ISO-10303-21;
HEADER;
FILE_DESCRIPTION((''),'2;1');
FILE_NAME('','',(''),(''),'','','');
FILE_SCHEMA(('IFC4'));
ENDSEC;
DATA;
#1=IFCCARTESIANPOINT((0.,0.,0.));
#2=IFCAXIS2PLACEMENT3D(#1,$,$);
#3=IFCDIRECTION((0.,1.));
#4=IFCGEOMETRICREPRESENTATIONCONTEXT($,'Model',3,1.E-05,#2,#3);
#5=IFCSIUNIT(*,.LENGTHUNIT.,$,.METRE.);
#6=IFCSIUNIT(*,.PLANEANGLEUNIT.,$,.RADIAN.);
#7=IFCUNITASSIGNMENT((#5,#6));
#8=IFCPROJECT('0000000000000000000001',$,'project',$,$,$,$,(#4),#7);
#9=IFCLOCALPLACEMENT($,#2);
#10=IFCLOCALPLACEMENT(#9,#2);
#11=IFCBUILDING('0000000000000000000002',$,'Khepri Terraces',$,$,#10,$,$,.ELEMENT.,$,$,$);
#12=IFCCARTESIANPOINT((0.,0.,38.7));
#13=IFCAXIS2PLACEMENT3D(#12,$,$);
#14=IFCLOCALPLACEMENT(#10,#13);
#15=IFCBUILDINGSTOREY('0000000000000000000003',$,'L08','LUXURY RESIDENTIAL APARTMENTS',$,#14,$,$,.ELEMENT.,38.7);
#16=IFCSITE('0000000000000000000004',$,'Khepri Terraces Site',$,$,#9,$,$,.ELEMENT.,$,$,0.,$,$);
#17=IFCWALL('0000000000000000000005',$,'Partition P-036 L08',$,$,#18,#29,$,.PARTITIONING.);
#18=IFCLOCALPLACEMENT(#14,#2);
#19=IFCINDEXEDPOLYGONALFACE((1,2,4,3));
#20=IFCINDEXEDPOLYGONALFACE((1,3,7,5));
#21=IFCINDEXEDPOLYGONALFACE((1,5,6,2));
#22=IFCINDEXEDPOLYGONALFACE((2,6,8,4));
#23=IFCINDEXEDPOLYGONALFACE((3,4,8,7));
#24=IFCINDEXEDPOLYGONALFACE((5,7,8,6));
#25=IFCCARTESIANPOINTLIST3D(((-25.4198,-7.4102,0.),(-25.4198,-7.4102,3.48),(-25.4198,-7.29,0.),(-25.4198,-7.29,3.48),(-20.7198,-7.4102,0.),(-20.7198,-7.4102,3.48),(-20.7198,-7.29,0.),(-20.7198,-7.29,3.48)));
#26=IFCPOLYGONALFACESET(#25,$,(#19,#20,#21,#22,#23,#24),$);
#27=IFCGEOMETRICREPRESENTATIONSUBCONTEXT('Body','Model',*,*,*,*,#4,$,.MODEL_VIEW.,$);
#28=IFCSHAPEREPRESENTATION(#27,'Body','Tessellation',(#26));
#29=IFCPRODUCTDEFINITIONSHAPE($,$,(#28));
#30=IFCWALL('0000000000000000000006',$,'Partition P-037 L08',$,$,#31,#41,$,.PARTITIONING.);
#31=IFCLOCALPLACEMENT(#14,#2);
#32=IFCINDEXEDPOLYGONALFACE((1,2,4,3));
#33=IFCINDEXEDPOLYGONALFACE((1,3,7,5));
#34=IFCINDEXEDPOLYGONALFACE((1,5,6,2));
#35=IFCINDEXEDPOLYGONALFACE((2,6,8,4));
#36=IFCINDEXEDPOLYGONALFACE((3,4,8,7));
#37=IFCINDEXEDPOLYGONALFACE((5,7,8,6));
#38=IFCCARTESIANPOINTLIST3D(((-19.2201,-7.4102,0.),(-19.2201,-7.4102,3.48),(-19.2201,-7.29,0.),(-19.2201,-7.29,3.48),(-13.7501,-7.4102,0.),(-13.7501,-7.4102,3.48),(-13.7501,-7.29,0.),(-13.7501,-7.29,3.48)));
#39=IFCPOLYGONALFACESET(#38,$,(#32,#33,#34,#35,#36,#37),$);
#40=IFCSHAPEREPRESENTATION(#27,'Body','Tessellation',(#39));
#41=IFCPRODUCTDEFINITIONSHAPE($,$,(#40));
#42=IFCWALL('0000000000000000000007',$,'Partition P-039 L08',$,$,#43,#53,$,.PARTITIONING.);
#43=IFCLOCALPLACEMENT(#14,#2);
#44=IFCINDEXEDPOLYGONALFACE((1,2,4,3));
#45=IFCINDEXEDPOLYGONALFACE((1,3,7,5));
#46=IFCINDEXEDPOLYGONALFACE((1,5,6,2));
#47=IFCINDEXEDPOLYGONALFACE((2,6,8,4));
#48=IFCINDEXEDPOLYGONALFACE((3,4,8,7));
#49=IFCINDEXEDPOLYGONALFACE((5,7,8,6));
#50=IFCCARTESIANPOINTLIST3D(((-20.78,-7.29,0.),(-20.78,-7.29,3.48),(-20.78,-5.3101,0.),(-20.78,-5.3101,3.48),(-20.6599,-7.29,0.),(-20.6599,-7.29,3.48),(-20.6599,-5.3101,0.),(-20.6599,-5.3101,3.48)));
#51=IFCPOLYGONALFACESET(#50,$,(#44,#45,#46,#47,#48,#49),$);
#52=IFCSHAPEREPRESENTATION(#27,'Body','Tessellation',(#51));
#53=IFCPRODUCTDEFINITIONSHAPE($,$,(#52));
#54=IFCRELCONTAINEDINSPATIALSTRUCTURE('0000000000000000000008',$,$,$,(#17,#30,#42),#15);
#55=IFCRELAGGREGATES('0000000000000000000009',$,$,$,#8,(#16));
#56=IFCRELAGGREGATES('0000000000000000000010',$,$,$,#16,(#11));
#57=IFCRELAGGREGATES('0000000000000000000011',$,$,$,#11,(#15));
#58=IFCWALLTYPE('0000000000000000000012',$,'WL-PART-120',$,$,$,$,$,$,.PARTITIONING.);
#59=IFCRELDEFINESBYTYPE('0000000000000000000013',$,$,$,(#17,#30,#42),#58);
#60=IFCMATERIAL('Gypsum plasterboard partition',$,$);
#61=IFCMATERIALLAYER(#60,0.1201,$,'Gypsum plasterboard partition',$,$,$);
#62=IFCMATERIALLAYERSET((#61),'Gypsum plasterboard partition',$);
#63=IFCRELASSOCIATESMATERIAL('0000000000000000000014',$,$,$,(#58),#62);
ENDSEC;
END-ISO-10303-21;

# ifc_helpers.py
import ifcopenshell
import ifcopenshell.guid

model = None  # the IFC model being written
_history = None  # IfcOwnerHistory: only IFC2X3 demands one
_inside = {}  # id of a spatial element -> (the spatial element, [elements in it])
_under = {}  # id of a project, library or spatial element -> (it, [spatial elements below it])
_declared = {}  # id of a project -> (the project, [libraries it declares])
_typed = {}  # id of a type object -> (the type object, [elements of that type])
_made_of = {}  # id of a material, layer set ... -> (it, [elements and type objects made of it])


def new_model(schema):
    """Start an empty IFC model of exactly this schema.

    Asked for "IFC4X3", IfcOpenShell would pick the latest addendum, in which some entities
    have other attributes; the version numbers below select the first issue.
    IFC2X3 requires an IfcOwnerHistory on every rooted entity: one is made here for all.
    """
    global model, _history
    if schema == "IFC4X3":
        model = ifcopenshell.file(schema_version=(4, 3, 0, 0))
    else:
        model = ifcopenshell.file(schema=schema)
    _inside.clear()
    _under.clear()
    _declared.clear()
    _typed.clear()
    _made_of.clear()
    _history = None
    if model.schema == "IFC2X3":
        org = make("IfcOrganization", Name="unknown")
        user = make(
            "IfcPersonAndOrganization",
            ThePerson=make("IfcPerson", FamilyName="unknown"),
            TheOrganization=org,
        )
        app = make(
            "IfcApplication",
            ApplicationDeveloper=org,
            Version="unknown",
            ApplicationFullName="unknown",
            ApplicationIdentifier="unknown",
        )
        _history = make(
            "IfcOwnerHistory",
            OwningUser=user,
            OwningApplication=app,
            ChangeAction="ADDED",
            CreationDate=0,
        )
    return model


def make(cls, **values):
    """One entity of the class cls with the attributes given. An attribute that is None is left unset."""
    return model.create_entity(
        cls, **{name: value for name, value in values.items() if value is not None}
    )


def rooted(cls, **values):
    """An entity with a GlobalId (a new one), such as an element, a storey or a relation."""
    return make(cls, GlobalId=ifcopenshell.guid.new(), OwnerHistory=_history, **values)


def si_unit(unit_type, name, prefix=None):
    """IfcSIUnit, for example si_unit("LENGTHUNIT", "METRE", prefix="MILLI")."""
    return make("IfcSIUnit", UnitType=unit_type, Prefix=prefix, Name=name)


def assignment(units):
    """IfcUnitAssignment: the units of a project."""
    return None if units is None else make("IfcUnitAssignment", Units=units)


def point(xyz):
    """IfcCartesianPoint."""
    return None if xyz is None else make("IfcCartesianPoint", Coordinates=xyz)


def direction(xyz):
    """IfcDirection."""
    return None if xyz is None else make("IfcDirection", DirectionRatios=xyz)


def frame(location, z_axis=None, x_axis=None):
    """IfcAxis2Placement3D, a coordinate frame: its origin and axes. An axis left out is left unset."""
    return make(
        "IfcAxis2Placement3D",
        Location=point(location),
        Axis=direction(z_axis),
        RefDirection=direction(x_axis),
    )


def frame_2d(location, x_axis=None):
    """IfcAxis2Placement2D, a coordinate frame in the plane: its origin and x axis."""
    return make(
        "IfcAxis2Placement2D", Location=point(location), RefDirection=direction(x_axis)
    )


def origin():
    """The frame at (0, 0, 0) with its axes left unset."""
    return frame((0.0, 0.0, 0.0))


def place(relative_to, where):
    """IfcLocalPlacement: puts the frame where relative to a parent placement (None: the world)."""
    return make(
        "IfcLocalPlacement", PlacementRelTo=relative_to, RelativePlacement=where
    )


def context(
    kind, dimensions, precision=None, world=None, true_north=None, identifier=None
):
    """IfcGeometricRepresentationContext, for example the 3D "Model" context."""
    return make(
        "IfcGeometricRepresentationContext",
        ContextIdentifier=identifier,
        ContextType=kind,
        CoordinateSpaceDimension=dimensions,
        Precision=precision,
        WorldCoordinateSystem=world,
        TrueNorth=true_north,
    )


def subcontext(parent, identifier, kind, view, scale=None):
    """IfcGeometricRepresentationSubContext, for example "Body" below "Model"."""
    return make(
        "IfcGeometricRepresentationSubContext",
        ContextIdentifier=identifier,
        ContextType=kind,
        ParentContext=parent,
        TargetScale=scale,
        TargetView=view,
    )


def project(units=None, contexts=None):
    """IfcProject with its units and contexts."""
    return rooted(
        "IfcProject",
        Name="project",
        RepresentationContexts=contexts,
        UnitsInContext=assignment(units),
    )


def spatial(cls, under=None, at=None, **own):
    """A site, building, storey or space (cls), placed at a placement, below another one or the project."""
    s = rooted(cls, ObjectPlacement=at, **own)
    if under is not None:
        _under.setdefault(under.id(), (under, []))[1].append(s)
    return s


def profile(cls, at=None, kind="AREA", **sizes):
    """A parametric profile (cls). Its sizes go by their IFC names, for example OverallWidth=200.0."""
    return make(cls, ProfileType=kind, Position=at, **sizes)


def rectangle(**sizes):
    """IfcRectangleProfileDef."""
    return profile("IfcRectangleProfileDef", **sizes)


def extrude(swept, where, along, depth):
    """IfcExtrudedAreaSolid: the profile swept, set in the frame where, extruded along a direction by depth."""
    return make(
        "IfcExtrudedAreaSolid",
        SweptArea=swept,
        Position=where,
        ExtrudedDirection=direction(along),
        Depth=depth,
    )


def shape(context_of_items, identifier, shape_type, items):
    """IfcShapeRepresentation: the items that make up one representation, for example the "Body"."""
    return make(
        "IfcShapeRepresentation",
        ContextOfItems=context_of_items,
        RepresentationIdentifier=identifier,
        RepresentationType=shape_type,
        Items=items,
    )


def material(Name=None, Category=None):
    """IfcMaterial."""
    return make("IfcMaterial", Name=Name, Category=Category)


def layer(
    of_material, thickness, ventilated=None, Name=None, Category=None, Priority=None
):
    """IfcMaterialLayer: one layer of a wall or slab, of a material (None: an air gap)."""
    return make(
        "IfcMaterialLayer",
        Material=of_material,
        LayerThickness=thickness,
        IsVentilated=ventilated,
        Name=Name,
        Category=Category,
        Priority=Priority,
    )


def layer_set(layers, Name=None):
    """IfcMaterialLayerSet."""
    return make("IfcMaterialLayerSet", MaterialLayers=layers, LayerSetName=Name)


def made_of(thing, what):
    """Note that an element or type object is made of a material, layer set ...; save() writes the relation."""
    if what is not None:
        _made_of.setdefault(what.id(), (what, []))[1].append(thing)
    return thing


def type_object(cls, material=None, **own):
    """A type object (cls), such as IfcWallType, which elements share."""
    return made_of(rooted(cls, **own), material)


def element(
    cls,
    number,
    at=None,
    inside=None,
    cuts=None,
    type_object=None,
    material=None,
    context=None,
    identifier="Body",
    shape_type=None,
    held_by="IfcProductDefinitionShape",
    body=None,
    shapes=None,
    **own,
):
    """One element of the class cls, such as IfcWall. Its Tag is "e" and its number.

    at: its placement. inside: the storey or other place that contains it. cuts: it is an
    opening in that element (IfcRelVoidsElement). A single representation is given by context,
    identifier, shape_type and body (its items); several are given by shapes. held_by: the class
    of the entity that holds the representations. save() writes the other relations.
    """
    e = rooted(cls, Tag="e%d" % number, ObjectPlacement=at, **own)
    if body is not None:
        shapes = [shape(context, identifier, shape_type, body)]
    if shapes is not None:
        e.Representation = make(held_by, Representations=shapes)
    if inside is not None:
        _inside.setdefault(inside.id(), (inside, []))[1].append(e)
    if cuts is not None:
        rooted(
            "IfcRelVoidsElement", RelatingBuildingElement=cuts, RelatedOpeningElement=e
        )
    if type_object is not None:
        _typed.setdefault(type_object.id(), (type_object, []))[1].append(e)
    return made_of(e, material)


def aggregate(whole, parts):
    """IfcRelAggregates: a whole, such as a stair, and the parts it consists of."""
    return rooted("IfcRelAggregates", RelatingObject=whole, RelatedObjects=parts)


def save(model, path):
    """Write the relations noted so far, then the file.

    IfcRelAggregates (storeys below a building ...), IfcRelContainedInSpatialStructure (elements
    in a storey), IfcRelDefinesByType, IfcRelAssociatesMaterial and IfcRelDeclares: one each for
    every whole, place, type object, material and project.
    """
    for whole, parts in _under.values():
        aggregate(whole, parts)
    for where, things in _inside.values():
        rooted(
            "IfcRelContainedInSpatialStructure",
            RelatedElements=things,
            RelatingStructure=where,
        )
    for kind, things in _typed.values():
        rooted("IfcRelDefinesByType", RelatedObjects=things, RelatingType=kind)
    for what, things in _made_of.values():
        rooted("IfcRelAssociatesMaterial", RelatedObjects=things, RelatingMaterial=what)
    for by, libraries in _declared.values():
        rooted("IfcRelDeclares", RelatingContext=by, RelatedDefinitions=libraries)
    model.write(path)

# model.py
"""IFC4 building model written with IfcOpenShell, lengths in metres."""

from ifc_helpers import new_model, si_unit, direction, frame, frame_2d, origin, place, context, subcontext, project, spatial, rectangle, extrude, material, layer, layer_set, type_object, element, save


model = new_model("IFC4")

# Units and contexts
model_context = context("Model", 3, precision=1e-05, world=origin(), true_north=direction((0.0, 1.0)))
body_context = subcontext(model_context, "Body", "Model", "MODEL_VIEW")
ifc_project = project(units=[si_unit("LENGTHUNIT", "METRE"), si_unit("PLANEANGLEUNIT", "RADIAN")], contexts=[model_context])

# Site, building, storey
site_placement = place(None, origin())
site = spatial("IfcSite", under=ifc_project, at=site_placement, Name="Khepri Terraces Site", CompositionType="ELEMENT", RefElevation=0.0)
building_placement = place(site_placement, origin())
building = spatial("IfcBuilding", under=site, at=building_placement, Name="Khepri Terraces", CompositionType="ELEMENT")
storey_placement = place(building_placement, frame((0.0, 0.0, 38.7)))
storey = spatial("IfcBuildingStorey", under=building, at=storey_placement, Name="L08", Description="LUXURY RESIDENTIAL APARTMENTS", CompositionType="ELEMENT", Elevation=38.7)

# Shared definitions
ifc_material_1 = material(Name="Gypsum plasterboard partition")
ifc_layer_1 = layer(ifc_material_1, 0.1201, Name="Gypsum plasterboard partition")
ifc_layer_set_1 = layer_set([ifc_layer_1], Name="Gypsum plasterboard partition")
wall_type_1 = type_object("IfcWallType", Name="WL-PART-120", PredefinedType="PARTITIONING", material=ifc_layer_set_1)

# Walls
wall_1_placement = place(storey_placement, frame((-25.4199, -7.3501, 0.0), z_axis=(0.0, 0.0, 1.0), x_axis=(1.0, 0.0, 0.0)))
element("IfcWall", 1, at=wall_1_placement, inside=storey, type_object=wall_type_1, Name="Partition P-036 L08", PredefinedType="PARTITIONING", context=body_context, shape_type="SweptSolid", body=[
    extrude(rectangle(XDim=4.7, YDim=0.1201, at=frame_2d((2.3501, 0.0))), origin(), (0.0, 0.0, 1.0), 3.48),
])
wall_2_placement = place(storey_placement, frame((-19.22, -7.3501, 0.0), z_axis=(0.0, 0.0, 1.0), x_axis=(1.0, 0.0, 0.0)))
element("IfcWall", 2, at=wall_2_placement, inside=storey, type_object=wall_type_1, Name="Partition P-037 L08", PredefinedType="PARTITIONING", context=body_context, shape_type="SweptSolid", body=[
    extrude(rectangle(XDim=5.47, YDim=0.1201, at=frame_2d((2.7349, 0.0))), origin(), (0.0, 0.0, 1.0), 3.48),
])
wall_3_placement = place(storey_placement, frame((-20.72, -7.29, 0.0), z_axis=(0.0, 0.0, 1.0), x_axis=(0.0, 1.0, 0.0)))
element("IfcWall", 3, at=wall_3_placement, inside=storey, type_object=wall_type_1, Name="Partition P-039 L08", PredefinedType="PARTITIONING", context=body_context, shape_type="SweptSolid", body=[
    extrude(rectangle(XDim=1.98, YDim=0.1201, at=frame_2d((0.99, 0.0))), origin(), (0.0, 0.0, 1.0), 3.48),
])

save(model, "model.ifc")
